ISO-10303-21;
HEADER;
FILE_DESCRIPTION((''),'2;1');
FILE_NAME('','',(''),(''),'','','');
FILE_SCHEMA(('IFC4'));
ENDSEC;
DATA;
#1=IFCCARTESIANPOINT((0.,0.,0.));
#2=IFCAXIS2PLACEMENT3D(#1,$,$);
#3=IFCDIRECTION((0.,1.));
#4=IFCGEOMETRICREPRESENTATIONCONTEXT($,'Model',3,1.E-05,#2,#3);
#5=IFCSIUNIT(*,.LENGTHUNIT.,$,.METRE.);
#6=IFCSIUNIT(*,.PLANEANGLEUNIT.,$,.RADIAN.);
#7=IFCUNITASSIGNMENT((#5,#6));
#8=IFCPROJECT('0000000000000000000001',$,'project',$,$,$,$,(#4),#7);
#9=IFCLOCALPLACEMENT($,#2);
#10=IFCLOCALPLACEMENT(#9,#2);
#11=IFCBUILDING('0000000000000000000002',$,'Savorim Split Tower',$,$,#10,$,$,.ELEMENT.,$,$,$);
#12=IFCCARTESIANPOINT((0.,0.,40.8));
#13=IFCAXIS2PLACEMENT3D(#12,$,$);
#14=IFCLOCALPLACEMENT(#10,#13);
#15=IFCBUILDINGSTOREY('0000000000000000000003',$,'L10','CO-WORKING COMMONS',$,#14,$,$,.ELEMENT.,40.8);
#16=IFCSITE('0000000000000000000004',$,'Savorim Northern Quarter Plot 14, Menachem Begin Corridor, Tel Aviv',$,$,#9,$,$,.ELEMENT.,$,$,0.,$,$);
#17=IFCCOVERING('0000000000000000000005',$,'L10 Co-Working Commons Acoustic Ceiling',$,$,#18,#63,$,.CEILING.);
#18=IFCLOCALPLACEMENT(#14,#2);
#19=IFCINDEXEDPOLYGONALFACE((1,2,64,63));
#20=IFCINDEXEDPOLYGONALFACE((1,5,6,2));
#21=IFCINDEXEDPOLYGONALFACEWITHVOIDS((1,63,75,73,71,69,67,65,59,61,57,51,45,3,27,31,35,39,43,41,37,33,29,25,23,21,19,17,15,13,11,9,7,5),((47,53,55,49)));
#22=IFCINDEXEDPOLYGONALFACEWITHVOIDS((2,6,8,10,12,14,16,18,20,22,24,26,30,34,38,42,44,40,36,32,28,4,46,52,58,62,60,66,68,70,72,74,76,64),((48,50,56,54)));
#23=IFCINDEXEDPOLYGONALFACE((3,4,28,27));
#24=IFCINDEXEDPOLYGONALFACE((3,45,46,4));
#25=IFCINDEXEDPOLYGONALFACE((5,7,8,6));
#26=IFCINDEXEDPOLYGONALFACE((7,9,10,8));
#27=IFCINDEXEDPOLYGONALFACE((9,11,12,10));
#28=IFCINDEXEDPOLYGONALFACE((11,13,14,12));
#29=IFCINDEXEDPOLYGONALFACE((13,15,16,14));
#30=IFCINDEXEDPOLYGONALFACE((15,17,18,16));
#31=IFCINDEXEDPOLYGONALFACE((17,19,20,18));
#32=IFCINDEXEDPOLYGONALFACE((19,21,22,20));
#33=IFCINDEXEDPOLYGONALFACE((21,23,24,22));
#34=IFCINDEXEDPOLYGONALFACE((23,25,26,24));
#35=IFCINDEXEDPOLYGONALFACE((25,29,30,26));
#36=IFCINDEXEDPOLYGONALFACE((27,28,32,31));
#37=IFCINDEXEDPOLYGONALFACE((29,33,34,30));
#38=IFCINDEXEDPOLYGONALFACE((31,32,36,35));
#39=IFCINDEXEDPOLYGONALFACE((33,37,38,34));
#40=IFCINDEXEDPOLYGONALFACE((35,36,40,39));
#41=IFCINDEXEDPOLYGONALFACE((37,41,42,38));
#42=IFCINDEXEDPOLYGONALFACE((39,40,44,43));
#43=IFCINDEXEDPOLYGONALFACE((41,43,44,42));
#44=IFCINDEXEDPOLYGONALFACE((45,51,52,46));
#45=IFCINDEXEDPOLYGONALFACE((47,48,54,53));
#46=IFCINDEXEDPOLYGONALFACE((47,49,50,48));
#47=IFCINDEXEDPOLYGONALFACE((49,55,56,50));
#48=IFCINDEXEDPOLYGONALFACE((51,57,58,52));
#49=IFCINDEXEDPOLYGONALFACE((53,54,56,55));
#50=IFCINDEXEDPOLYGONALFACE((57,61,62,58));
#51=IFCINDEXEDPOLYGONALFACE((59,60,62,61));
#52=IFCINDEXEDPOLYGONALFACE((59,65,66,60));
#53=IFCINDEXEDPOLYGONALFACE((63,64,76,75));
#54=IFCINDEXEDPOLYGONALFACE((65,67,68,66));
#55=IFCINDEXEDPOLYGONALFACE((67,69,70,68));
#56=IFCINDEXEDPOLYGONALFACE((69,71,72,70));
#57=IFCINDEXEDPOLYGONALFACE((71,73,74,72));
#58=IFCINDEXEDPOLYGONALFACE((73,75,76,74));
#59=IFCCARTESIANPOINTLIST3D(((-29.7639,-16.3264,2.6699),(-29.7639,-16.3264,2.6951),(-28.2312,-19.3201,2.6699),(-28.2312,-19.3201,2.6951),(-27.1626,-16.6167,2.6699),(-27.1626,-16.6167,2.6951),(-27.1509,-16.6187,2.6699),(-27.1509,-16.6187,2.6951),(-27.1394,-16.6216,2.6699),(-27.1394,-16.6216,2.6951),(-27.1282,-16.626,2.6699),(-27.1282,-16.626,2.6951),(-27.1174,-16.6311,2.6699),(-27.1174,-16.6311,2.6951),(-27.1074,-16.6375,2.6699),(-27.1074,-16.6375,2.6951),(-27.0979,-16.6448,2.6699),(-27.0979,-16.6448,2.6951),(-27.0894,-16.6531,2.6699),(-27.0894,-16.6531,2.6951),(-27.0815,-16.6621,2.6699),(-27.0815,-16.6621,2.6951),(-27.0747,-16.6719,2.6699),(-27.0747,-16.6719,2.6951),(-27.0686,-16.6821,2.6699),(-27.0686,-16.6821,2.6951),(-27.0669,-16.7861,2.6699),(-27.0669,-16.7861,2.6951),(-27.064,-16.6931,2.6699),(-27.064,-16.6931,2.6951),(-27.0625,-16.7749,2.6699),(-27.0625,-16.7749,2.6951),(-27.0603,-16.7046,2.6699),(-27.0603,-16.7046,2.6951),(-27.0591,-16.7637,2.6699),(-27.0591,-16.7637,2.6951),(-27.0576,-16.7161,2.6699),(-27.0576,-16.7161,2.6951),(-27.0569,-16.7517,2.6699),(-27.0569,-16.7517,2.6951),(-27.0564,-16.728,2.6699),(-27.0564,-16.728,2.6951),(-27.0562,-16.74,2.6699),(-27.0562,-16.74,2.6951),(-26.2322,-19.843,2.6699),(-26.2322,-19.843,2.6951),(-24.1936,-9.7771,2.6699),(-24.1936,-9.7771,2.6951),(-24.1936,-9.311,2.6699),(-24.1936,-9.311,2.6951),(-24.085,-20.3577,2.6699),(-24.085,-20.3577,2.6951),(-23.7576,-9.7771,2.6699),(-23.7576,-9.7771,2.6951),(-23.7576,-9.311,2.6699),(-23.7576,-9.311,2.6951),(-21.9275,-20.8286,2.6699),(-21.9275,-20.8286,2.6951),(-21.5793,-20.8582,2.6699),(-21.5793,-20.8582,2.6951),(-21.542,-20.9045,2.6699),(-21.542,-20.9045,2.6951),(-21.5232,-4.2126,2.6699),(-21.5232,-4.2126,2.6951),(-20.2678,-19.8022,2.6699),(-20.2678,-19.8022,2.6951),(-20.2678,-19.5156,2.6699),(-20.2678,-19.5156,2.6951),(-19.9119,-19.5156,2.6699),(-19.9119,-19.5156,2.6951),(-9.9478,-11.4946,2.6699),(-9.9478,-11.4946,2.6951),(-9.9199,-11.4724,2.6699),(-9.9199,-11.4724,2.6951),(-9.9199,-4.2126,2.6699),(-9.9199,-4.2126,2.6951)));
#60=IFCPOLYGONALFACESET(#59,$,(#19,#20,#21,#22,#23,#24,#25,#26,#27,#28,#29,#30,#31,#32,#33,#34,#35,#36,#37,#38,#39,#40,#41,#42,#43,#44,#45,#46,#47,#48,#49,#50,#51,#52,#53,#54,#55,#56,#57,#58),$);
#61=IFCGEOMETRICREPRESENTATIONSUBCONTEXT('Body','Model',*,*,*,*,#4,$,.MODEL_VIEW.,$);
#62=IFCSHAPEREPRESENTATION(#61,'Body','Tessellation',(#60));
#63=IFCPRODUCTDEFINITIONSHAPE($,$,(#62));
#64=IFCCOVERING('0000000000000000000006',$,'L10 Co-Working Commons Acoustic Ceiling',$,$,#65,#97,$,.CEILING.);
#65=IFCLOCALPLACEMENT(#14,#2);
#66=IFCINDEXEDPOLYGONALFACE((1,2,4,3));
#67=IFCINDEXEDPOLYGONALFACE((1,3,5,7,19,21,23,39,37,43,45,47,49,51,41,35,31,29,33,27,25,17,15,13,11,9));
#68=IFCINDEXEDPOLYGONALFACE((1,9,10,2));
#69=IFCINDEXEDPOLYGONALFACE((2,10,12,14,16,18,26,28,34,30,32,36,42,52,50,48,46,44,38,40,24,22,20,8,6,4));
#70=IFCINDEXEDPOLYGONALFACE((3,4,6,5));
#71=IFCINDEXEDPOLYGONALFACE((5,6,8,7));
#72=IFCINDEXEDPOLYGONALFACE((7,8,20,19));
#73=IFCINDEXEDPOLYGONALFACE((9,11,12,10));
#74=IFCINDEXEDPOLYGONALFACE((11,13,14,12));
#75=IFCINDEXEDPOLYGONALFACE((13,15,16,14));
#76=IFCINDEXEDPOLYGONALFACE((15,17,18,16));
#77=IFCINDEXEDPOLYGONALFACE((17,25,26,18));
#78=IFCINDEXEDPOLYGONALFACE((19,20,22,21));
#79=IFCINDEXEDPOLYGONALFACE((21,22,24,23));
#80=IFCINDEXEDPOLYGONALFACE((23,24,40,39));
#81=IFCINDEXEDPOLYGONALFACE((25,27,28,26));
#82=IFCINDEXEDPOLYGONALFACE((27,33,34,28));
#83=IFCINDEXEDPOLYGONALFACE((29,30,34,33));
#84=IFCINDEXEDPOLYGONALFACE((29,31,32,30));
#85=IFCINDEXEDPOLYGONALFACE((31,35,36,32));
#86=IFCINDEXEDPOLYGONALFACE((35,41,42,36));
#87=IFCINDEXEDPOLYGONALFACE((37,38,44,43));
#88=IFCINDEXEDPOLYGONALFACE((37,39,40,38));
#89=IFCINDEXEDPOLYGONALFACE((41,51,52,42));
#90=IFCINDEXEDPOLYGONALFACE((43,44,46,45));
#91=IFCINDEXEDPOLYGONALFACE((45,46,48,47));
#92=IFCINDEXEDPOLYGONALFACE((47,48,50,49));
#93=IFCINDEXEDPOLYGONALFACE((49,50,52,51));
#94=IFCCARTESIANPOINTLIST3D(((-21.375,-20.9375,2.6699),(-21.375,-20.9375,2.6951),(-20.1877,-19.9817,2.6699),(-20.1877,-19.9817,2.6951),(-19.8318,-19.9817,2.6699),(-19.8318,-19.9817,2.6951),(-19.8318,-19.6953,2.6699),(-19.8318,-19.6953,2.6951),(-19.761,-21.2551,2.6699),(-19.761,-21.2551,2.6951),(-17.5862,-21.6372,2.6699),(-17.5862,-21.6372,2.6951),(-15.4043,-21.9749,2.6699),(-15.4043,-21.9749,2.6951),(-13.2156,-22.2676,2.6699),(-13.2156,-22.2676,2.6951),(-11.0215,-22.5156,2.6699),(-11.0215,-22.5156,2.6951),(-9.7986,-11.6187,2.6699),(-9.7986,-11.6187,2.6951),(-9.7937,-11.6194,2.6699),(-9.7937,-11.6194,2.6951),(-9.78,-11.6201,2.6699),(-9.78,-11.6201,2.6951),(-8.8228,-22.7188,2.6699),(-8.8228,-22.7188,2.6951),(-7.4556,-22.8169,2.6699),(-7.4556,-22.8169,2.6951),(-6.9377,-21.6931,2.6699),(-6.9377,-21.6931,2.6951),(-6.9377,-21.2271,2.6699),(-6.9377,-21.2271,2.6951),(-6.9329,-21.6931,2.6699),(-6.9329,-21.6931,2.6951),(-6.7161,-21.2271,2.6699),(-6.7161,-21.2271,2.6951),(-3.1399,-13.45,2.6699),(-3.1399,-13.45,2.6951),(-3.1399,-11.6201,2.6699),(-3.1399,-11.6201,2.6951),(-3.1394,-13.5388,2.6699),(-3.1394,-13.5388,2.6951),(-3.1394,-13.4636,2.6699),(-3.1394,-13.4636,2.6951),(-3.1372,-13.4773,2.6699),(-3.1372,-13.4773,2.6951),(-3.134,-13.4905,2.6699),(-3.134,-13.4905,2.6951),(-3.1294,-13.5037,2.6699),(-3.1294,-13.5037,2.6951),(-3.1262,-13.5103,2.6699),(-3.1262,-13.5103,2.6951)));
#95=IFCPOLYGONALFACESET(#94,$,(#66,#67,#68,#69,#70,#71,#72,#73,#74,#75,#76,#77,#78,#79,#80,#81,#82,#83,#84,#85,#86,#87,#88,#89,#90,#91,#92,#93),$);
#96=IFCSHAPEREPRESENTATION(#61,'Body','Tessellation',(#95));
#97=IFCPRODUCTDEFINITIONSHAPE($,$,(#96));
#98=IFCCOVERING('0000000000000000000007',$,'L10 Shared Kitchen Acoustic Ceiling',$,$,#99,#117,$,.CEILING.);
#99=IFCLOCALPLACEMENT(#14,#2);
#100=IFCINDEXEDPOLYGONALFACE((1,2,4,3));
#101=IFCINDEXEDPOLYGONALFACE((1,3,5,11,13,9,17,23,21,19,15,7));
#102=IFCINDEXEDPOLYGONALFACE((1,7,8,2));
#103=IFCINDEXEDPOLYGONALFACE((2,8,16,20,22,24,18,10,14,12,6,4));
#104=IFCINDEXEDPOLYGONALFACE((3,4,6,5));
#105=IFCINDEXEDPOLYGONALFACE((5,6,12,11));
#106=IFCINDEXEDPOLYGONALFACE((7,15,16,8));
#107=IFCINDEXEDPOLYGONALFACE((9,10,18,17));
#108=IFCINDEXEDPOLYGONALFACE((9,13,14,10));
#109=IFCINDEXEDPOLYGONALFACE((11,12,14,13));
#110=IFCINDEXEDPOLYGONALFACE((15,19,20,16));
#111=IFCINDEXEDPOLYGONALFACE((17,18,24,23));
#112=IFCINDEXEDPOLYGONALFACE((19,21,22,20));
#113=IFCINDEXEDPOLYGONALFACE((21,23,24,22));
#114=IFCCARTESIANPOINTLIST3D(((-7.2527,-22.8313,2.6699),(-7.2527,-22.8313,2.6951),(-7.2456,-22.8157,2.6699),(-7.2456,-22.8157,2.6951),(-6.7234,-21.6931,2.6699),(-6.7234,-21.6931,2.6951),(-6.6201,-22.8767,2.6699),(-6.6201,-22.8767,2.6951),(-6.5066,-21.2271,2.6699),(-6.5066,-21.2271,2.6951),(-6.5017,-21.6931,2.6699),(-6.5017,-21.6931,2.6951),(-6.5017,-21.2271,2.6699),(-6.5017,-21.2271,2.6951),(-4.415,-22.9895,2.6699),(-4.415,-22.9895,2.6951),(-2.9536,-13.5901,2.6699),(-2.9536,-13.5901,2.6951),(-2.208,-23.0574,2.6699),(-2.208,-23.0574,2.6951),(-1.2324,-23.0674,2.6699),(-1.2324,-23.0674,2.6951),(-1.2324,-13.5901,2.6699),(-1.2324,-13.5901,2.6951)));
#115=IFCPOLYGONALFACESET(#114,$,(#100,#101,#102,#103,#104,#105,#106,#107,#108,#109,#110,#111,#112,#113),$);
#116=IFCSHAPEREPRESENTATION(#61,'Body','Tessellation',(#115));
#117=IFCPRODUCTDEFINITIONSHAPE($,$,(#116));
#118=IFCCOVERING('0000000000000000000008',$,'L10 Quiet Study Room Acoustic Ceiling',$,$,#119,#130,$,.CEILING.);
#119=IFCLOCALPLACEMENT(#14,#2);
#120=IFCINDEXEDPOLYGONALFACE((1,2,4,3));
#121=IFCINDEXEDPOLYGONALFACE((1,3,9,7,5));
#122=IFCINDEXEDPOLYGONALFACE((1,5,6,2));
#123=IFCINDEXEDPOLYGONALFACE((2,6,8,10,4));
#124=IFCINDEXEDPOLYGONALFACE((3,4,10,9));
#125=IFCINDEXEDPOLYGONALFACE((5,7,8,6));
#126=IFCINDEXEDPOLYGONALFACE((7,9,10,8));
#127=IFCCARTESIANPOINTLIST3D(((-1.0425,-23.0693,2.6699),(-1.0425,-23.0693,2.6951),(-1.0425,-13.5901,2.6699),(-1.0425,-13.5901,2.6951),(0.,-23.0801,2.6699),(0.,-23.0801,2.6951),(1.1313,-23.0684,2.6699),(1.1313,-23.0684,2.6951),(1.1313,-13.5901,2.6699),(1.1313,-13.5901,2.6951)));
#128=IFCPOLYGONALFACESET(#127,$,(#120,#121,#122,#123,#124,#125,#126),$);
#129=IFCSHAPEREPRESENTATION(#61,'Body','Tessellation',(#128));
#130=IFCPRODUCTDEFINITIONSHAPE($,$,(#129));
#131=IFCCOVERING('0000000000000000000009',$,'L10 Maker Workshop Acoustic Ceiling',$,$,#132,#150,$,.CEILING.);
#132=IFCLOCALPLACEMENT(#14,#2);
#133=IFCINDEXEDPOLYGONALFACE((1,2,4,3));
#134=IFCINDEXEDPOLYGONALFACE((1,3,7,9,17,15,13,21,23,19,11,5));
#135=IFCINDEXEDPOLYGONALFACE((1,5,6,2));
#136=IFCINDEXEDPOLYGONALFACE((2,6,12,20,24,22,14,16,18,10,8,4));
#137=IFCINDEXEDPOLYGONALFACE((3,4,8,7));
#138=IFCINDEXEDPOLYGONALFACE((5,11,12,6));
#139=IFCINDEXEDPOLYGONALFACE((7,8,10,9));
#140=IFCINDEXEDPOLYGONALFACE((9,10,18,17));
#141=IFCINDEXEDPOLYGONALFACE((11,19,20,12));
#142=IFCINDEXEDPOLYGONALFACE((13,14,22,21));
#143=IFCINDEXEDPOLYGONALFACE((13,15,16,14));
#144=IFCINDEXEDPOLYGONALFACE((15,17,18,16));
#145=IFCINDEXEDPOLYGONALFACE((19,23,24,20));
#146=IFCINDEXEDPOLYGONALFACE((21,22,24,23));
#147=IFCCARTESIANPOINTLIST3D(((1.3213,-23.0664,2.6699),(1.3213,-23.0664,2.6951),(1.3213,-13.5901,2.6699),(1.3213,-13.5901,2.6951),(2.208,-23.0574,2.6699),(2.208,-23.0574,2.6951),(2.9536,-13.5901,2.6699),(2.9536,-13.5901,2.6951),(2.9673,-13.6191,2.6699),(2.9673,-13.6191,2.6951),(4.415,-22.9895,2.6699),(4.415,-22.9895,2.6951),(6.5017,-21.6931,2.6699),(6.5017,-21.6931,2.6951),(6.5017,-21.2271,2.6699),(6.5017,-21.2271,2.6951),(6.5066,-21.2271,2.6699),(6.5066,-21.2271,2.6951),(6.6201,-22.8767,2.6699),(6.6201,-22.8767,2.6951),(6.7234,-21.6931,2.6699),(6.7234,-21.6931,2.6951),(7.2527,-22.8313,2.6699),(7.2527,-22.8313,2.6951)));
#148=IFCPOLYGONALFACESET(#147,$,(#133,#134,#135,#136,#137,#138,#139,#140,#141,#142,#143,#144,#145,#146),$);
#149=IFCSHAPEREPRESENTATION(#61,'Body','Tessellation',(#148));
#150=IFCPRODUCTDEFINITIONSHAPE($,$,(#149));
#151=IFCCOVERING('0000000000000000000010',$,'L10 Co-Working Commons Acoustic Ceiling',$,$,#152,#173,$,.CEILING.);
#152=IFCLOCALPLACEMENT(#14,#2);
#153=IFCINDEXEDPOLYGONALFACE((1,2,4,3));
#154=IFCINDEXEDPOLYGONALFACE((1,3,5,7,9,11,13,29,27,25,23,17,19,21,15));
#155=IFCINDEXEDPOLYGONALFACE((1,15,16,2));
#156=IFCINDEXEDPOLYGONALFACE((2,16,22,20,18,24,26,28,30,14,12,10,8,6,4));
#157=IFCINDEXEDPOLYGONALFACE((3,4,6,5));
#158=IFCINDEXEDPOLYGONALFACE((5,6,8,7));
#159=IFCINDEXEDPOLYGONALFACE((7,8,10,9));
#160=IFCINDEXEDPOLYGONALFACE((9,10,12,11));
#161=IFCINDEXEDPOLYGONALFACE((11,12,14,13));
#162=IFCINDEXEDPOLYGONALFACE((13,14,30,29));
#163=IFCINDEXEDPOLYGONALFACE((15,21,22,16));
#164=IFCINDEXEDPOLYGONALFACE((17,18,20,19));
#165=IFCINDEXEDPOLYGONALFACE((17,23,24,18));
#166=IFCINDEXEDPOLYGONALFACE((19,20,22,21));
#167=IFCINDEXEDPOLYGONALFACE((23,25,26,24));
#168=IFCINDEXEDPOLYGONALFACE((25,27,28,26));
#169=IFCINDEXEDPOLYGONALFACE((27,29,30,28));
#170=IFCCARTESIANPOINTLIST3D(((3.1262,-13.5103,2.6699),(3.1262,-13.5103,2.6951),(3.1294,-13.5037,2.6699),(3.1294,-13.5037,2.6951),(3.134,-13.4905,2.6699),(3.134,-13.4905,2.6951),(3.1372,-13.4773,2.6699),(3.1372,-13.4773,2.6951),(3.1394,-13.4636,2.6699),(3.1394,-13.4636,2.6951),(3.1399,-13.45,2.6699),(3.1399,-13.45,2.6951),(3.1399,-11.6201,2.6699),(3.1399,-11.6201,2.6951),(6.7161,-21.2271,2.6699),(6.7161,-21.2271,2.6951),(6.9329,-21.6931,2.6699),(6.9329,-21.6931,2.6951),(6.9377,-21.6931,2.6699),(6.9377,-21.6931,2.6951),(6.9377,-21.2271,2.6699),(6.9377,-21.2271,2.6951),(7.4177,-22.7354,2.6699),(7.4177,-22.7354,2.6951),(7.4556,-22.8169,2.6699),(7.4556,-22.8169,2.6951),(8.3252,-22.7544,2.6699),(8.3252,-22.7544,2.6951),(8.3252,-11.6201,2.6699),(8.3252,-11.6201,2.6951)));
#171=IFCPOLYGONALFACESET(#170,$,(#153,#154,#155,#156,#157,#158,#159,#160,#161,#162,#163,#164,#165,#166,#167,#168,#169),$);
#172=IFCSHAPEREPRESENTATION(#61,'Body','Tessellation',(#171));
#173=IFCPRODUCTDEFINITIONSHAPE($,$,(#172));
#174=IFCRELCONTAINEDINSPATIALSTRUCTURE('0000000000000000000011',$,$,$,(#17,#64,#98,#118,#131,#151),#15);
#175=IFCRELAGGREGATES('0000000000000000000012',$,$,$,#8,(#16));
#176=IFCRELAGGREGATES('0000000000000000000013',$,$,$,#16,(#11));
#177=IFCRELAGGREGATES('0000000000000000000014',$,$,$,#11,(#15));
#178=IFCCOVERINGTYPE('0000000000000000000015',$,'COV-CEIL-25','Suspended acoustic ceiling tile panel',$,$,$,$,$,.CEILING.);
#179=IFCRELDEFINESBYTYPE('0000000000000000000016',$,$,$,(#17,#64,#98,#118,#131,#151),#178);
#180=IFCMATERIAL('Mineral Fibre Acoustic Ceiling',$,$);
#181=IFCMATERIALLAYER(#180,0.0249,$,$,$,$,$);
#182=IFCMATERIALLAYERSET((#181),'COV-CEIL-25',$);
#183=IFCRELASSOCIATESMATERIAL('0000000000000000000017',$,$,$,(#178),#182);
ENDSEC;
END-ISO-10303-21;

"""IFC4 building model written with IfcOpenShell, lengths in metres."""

from ifc_helpers import new_model, si_unit, direction, frame, origin, place, context, subcontext, project, spatial, polyline, outline, extrude, material, layer, layer_set, type_object, element, save


model = new_model("IFC4")

# Units and contexts
model_context = context("Model", 3, precision=1e-05, world=origin(), true_north=direction((0.0, 1.0)))
body_context = subcontext(model_context, "Body", "Model", "MODEL_VIEW")
ifc_project = project(units=[si_unit("LENGTHUNIT", "METRE"), si_unit("PLANEANGLEUNIT", "RADIAN")], contexts=[model_context])

# Site, building, storey
site_placement = place(None, origin())
site = spatial("IfcSite", under=ifc_project, at=site_placement, Name="Savorim Northern Quarter Plot 14, Menachem Begin Corridor, Tel Aviv", CompositionType="ELEMENT", RefElevation=0.0)
building_placement = place(site_placement, origin())
building = spatial("IfcBuilding", under=site, at=building_placement, Name="Savorim Split Tower", CompositionType="ELEMENT")
storey_placement = place(building_placement, frame((0.0, 0.0, 40.8)))
storey = spatial("IfcBuildingStorey", under=building, at=storey_placement, Name="L10", Description="CO-WORKING COMMONS", CompositionType="ELEMENT", Elevation=40.8)

# Coverings
ifc_material_1 = material(Name="Mineral Fibre Acoustic Ceiling")
ifc_layer_1 = layer(ifc_material_1, 0.0249)
ifc_layer_set_1 = layer_set([ifc_layer_1], Name="COV-CEIL-25")
covering_type_1 = type_object("IfcCoveringType", Name="COV-CEIL-25", Description="Suspended acoustic ceiling tile panel", PredefinedType="CEILING", material=ifc_layer_set_1)
covering_1_placement = place(storey_placement, frame((0.0, 0.0, 2.6699)))
element("IfcCovering", 1, at=covering_1_placement, inside=storey, type_object=covering_type_1, Name="L10 Co-Working Commons Acoustic Ceiling", PredefinedType="CEILING", context=body_context, shape_type="SweptSolid", body=[
    extrude(outline(polyline([(-27.0562, -16.74), (-27.0569, -16.7517), (-27.0591, -16.7637), (-27.0625, -16.7749), (-27.0669, -16.7861), (-28.2312, -19.3201), (-26.2322, -19.843), (-24.085, -20.3577), (-21.9275, -20.8286), (-21.542, -20.9045), (-21.5793, -20.8582), (-20.2678, -19.8022), (-20.2678, -19.5156), (-19.9119, -19.5156), (-9.9478, -11.4946), (-9.9199, -11.4724), (-9.9199, -4.2126), (-21.5232, -4.2126), (-29.7639, -16.3264), (-27.1626, -16.6167), (-27.1509, -16.6187), (-27.1394, -16.6216), (-27.1282, -16.626), (-27.1174, -16.6311), (-27.1074, -16.6375), (-27.0979, -16.6448), (-27.0894, -16.6531), (-27.0815, -16.6621), (-27.0747, -16.6719), (-27.0686, -16.6821), (-27.064, -16.6931), (-27.0603, -16.7046), (-27.0576, -16.7161), (-27.0564, -16.728), (-27.0562, -16.74)]), holes=[polyline([(-24.1936, -9.7771), (-23.7576, -9.7771), (-23.7576, -9.311), (-24.1936, -9.311), (-24.1936, -9.7771)])]), origin(), (0.0, 0.0, 1.0), 0.0251),
])
covering_2_placement = place(storey_placement, frame((0.0, 0.0, 2.6699)))
element("IfcCovering", 2, at=covering_2_placement, inside=storey, type_object=covering_type_1, Name="L10 Co-Working Commons Acoustic Ceiling", PredefinedType="CEILING", context=body_context, shape_type="SweptSolid", body=[
    extrude(outline(polyline([(-15.4043, -21.9749), (-13.2156, -22.2676), (-11.0215, -22.5156), (-8.8228, -22.7188), (-7.4556, -22.8169), (-6.9329, -21.6931), (-6.9377, -21.6931), (-6.9377, -21.2271), (-6.7161, -21.2271), (-3.1394, -13.5388), (-3.1262, -13.5103), (-3.1294, -13.5037), (-3.134, -13.4905), (-3.1372, -13.4773), (-3.1394, -13.4636), (-3.1399, -13.45), (-3.1399, -11.6201), (-9.78, -11.6201), (-9.7937, -11.6194), (-9.7986, -11.6187), (-19.8318, -19.6953), (-19.8318, -19.9817), (-20.1877, -19.9817), (-21.375, -20.9375), (-19.761, -21.2551), (-17.5862, -21.6372), (-15.4043, -21.9749)])), origin(), (0.0, 0.0, 1.0), 0.0251),
])
covering_3_placement = place(storey_placement, frame((0.0, 0.0, 2.6699)))
element("IfcCovering", 3, at=covering_3_placement, inside=storey, type_object=covering_type_1, Name="L10 Shared Kitchen Acoustic Ceiling", PredefinedType="CEILING", context=body_context, shape_type="SweptSolid", body=[
    extrude(outline(polyline([(-6.6201, -22.8767), (-4.415, -22.9895), (-2.208, -23.0574), (-1.2324, -23.0674), (-1.2324, -13.5901), (-2.9536, -13.5901), (-6.5066, -21.2271), (-6.5017, -21.2271), (-6.5017, -21.6931), (-6.7234, -21.6931), (-7.2456, -22.8157), (-7.2527, -22.8313), (-6.6201, -22.8767)])), origin(), (0.0, 0.0, 1.0), 0.0251),
])
covering_4_placement = place(storey_placement, frame((0.0, 0.0, 2.6699)))
element("IfcCovering", 4, at=covering_4_placement, inside=storey, type_object=covering_type_1, Name="L10 Quiet Study Room Acoustic Ceiling", PredefinedType="CEILING", context=body_context, shape_type="SweptSolid", body=[
    extrude(outline(polyline([(-1.0425, -13.5901), (-1.0425, -23.0693), (0.0, -23.0801), (1.1313, -23.0684), (1.1313, -13.5901), (-1.0425, -13.5901)])), origin(), (0.0, 0.0, 1.0), 0.0251),
])
covering_5_placement = place(storey_placement, frame((0.0, 0.0, 2.6699)))
element("IfcCovering", 5, at=covering_5_placement, inside=storey, type_object=covering_type_1, Name="L10 Maker Workshop Acoustic Ceiling", PredefinedType="CEILING", context=body_context, shape_type="SweptSolid", body=[
    extrude(outline(polyline([(1.3213, -23.0664), (2.208, -23.0574), (4.415, -22.9895), (6.6201, -22.8767), (7.2527, -22.8313), (6.7234, -21.6931), (6.5017, -21.6931), (6.5017, -21.2271), (6.5066, -21.2271), (2.9673, -13.6191), (2.9536, -13.5901), (1.3213, -13.5901), (1.3213, -23.0664)])), origin(), (0.0, 0.0, 1.0), 0.0251),
])
covering_6_placement = place(storey_placement, frame((0.0, 0.0, 2.6699)))
element("IfcCovering", 6, at=covering_6_placement, inside=storey, type_object=covering_type_1, Name="L10 Co-Working Commons Acoustic Ceiling", PredefinedType="CEILING", context=body_context, shape_type="SweptSolid", body=[
    extrude(outline(polyline([(6.9329, -21.6931), (7.4177, -22.7354), (7.4556, -22.8169), (8.3252, -22.7544), (8.3252, -11.6201), (3.1399, -11.6201), (3.1399, -13.45), (3.1394, -13.4636), (3.1372, -13.4773), (3.134, -13.4905), (3.1294, -13.5037), (3.1262, -13.5103), (6.7161, -21.2271), (6.9377, -21.2271), (6.9377, -21.6931), (6.9329, -21.6931)])), origin(), (0.0, 0.0, 1.0), 0.0251),
])

save(model, "model.ifc")
